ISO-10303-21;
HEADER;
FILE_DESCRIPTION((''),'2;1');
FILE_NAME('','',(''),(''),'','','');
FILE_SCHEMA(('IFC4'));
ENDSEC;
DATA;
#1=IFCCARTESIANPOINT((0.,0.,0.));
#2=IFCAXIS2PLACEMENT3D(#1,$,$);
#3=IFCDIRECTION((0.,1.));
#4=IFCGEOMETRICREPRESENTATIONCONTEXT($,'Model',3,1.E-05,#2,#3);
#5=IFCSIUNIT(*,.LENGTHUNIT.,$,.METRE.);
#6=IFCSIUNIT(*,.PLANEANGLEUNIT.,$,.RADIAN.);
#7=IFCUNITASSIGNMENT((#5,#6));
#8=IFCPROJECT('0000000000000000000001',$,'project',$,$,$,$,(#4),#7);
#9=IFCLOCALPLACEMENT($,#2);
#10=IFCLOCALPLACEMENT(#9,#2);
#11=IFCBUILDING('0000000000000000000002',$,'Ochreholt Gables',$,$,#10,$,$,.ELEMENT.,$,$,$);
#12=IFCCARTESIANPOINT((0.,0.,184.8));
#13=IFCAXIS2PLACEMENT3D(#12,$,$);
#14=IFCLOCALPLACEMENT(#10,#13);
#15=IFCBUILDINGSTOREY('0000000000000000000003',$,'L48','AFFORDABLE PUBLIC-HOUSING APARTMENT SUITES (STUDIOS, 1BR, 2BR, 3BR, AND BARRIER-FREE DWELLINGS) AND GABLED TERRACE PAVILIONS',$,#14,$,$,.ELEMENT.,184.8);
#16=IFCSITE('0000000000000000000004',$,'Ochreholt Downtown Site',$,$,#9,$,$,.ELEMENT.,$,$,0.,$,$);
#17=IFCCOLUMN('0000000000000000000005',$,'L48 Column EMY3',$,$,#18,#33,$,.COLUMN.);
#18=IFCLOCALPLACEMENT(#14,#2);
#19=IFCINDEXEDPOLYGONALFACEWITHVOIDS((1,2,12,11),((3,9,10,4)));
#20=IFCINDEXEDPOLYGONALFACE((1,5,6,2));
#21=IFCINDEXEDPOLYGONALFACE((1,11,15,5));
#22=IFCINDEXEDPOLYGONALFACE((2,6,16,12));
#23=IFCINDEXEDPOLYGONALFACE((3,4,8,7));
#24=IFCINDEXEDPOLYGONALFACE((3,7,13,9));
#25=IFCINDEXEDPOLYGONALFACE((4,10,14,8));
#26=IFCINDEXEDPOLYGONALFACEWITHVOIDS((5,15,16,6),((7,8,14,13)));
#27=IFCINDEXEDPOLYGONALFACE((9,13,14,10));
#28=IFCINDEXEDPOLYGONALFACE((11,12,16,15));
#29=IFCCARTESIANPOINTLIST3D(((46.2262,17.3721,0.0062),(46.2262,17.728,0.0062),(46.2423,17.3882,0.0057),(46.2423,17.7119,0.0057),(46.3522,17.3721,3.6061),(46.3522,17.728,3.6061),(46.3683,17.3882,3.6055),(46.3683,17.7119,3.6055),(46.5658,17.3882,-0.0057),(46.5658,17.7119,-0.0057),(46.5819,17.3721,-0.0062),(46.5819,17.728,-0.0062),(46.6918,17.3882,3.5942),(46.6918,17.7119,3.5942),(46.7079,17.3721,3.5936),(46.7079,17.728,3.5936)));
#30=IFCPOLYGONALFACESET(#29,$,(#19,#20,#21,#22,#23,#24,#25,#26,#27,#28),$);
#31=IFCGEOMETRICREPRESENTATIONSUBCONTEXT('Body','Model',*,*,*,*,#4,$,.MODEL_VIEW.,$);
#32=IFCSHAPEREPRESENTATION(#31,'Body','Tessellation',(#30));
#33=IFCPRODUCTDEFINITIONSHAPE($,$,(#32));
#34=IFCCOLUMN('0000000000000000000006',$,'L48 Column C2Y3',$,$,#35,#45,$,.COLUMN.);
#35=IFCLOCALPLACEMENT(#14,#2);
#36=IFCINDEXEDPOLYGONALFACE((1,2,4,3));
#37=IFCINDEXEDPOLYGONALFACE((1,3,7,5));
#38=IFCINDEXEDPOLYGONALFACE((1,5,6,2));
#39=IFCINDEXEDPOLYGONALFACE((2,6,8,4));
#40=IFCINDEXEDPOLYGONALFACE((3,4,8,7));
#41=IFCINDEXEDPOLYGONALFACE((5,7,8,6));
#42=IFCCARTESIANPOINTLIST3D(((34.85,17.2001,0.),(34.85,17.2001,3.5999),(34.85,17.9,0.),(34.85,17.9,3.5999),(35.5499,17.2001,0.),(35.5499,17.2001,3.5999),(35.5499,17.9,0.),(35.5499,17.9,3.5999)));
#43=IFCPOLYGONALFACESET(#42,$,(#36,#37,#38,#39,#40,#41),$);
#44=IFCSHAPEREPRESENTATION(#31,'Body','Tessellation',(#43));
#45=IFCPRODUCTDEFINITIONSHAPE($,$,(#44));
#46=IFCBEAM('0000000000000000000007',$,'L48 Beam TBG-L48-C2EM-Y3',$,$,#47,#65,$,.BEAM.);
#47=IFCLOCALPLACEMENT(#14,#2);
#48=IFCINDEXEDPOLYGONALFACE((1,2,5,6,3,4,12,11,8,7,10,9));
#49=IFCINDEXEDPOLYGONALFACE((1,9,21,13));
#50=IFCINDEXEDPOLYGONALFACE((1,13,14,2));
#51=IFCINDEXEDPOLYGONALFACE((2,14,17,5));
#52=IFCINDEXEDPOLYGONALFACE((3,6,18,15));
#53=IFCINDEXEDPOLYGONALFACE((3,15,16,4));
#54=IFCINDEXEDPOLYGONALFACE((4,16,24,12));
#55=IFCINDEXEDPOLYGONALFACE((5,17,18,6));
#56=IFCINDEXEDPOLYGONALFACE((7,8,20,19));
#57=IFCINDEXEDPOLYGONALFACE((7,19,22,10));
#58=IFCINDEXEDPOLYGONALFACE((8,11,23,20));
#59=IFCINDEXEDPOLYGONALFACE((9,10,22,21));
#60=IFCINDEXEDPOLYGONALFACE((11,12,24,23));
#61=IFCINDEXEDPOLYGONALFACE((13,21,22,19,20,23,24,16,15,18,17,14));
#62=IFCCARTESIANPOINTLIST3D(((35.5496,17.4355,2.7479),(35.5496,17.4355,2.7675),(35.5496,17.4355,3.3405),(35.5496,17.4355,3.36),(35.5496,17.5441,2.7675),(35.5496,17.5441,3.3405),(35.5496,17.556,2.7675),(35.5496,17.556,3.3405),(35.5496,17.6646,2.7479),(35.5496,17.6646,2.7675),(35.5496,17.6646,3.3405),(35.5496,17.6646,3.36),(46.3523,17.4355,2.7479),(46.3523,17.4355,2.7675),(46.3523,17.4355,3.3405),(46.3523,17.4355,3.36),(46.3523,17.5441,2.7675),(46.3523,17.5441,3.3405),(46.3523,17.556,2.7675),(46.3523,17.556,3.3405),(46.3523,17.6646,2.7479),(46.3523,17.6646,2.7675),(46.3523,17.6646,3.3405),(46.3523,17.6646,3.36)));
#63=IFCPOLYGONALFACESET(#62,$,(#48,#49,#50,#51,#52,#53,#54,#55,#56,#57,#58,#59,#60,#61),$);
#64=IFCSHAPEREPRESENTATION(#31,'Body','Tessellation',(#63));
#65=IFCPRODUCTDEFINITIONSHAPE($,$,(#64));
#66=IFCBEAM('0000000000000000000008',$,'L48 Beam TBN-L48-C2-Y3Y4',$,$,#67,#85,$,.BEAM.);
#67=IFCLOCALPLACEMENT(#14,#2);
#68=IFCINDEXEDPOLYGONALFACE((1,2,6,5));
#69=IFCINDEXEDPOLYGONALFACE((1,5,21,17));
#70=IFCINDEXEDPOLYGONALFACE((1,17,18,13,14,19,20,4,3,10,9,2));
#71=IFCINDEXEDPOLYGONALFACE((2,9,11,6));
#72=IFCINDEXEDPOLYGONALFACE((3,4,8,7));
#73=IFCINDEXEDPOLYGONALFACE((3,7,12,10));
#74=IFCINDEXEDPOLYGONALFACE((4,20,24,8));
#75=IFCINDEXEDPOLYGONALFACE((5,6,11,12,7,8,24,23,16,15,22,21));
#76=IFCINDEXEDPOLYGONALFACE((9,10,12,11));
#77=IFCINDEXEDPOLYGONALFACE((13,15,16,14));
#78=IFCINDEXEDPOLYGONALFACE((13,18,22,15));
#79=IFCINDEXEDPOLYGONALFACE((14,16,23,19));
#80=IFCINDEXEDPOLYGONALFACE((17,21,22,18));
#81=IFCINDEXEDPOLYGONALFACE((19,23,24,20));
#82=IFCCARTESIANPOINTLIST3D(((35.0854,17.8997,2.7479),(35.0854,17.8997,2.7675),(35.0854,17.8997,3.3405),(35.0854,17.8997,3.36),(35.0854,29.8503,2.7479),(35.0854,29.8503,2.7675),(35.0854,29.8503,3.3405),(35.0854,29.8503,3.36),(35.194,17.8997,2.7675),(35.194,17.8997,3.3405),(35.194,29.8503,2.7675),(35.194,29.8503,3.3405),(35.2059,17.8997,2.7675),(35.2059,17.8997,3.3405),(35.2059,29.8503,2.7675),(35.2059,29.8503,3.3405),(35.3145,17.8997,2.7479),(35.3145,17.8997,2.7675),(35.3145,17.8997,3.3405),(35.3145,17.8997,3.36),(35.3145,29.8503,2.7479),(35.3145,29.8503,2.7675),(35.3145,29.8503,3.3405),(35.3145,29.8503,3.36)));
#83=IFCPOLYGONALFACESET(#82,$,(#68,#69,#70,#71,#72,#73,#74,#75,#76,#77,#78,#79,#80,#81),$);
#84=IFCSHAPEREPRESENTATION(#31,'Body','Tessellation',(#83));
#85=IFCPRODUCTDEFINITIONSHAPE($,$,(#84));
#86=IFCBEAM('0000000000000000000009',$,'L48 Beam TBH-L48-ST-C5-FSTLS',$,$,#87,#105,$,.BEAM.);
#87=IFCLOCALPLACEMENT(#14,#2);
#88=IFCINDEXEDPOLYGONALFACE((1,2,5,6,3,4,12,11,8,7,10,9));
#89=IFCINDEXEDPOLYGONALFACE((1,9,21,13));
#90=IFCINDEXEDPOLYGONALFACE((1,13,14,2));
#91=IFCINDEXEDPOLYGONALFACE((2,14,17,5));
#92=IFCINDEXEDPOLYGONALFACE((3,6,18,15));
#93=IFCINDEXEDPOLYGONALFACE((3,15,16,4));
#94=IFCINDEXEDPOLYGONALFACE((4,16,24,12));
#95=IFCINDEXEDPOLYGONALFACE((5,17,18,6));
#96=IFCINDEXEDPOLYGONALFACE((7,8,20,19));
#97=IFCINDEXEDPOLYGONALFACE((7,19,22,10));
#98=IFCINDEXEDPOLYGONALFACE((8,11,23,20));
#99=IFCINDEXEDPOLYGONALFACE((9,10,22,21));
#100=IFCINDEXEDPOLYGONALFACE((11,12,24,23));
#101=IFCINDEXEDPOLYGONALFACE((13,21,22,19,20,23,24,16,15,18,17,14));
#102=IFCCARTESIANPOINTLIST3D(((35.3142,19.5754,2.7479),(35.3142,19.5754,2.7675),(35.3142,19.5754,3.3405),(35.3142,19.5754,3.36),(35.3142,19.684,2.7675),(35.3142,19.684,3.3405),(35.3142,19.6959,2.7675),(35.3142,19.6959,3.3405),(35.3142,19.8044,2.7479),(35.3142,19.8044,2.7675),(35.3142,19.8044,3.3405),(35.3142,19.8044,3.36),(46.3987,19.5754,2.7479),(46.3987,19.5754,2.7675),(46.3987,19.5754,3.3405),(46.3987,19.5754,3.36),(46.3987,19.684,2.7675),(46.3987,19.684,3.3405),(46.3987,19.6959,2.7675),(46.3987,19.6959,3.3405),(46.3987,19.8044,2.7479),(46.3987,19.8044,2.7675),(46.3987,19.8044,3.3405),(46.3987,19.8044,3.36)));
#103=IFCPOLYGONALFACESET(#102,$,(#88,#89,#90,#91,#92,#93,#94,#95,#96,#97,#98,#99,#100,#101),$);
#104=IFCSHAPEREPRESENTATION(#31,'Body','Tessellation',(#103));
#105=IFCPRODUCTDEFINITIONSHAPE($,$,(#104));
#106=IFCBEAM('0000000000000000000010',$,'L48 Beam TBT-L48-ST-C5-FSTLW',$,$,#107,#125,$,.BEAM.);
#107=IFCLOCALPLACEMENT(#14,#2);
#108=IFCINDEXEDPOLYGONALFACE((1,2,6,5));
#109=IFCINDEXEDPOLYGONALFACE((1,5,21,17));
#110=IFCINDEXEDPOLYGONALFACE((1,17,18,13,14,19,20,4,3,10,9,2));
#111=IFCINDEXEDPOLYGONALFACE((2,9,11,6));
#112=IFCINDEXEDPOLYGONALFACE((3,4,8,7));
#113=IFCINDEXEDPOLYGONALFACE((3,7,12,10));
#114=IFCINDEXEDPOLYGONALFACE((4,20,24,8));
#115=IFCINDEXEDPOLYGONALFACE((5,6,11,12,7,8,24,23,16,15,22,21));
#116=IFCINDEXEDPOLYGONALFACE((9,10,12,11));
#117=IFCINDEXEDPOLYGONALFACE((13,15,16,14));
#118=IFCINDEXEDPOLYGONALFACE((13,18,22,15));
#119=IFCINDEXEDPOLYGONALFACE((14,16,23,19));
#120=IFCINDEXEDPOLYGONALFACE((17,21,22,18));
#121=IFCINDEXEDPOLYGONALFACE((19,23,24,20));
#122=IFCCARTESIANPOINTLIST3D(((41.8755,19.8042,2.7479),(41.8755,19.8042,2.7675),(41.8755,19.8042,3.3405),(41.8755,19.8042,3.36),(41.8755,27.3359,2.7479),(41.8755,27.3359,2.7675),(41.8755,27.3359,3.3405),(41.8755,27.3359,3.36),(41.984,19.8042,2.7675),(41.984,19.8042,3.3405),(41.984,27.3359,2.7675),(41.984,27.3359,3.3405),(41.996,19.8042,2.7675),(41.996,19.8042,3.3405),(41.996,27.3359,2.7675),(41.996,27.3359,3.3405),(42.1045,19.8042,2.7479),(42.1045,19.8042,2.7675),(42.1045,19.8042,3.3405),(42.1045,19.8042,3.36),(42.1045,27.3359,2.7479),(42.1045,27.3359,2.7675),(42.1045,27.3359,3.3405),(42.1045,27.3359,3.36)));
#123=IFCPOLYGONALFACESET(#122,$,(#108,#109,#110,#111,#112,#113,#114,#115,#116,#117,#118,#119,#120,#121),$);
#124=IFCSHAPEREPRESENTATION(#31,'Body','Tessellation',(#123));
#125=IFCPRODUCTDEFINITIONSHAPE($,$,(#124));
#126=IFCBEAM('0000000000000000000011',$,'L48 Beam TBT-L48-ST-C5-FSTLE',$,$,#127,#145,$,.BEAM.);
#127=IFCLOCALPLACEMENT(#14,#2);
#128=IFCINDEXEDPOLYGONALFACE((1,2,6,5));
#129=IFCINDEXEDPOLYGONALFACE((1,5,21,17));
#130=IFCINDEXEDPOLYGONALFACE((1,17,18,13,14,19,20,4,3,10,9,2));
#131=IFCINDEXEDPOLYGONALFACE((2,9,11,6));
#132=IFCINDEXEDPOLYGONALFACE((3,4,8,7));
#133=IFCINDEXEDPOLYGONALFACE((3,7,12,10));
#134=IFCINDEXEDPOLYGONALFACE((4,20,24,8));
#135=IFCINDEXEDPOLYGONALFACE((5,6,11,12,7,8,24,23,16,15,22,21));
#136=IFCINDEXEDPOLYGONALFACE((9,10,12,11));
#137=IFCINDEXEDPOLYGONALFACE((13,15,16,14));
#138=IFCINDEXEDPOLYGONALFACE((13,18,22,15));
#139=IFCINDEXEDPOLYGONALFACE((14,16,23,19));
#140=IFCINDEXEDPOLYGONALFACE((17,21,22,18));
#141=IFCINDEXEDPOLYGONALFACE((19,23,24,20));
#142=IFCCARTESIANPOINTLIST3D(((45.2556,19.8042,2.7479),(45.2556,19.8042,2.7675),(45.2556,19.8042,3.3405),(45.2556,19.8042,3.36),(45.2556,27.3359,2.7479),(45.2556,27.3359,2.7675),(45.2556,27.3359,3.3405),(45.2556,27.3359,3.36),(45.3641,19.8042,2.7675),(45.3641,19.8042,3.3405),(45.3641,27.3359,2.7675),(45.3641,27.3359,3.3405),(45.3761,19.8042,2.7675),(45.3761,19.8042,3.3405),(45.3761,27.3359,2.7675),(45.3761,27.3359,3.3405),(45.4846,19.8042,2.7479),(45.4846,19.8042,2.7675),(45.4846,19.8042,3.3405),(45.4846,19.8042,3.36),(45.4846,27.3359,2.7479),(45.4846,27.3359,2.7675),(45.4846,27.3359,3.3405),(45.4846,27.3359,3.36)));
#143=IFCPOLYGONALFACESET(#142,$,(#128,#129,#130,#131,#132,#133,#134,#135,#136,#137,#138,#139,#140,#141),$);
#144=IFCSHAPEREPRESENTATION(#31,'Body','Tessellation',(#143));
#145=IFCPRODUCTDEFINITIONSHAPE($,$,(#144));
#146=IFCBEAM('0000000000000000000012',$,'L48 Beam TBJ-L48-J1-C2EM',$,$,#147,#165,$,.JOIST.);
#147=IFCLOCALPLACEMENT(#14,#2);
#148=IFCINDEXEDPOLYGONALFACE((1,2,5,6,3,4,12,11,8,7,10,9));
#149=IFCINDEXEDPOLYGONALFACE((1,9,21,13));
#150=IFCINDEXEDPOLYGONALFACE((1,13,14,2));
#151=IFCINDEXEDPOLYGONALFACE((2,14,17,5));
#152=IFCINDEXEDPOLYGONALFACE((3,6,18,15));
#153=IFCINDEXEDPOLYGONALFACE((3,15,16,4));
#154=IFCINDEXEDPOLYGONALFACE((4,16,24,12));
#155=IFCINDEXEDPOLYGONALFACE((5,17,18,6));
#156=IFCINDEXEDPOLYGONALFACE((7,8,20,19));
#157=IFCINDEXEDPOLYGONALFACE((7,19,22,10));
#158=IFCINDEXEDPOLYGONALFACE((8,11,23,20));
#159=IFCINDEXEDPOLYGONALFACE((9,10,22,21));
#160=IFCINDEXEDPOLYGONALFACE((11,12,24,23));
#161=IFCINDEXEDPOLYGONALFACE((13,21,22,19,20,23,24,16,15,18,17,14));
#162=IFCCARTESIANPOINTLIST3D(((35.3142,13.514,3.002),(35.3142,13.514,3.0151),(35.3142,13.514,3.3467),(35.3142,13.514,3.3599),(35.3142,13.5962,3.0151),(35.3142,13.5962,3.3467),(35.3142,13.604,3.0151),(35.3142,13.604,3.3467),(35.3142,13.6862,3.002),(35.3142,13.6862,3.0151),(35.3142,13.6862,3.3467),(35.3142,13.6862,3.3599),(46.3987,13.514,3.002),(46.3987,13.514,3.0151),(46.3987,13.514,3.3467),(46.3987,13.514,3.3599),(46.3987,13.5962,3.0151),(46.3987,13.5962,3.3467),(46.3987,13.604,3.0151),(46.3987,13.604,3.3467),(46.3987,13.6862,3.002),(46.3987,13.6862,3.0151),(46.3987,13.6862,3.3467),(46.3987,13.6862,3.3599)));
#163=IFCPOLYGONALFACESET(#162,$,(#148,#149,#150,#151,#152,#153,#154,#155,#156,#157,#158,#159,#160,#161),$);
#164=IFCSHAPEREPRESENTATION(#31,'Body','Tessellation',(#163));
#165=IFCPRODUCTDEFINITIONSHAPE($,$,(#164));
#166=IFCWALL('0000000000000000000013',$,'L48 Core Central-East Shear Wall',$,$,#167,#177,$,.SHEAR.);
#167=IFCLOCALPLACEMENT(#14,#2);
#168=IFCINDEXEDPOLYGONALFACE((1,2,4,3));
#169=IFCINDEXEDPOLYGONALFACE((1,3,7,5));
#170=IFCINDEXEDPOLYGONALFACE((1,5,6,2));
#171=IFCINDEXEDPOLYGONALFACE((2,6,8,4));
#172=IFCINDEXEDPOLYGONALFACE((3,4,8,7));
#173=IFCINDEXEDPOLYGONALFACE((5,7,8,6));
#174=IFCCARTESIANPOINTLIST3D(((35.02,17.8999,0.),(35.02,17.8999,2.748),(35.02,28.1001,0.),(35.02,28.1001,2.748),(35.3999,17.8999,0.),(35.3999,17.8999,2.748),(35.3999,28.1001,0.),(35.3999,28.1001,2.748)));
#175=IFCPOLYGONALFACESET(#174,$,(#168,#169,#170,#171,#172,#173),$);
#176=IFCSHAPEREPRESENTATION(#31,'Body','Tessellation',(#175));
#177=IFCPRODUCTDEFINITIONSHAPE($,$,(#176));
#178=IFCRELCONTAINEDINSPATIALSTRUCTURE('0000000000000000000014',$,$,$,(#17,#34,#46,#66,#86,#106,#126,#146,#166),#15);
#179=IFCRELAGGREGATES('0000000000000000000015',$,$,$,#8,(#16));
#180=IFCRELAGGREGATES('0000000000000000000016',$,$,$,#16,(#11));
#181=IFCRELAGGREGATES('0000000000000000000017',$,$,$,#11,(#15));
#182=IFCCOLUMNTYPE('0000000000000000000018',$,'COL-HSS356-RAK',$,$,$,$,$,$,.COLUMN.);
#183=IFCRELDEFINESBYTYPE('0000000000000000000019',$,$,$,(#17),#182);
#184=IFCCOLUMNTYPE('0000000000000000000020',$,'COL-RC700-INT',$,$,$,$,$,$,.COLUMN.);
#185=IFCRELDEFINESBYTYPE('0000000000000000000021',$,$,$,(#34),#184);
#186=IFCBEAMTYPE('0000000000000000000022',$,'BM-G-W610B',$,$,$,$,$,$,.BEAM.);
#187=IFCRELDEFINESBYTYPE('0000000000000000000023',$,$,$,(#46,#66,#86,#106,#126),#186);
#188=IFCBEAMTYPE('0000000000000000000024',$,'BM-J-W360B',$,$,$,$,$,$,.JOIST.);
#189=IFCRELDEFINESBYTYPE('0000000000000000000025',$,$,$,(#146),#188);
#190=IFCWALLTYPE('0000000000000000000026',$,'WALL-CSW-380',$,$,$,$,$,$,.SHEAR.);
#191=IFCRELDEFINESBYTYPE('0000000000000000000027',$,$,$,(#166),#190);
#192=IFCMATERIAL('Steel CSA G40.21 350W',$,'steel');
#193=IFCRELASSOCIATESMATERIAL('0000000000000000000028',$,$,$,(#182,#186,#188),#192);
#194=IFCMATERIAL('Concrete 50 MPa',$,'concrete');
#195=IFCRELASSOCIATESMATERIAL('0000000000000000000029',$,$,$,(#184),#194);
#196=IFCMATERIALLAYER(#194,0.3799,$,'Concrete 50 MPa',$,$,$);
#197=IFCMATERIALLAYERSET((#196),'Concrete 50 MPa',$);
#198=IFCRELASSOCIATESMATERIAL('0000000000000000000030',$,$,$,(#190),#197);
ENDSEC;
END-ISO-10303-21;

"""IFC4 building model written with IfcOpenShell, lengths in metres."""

from ifc_helpers import new_model, si_unit, direction, frame, frame_2d, origin, origin_2d, place, context, subcontext, project, spatial, rectangle, hollow_rectangle, i_section, extrude, material, layer, layer_set, material_profile, profile_set, type_object, element, save


model = new_model("IFC4")

# Units and contexts
model_context = context("Model", 3, precision=1e-05, world=origin(), true_north=direction((0.0, 1.0)))
body_context = subcontext(model_context, "Body", "Model", "MODEL_VIEW")
ifc_project = project(units=[si_unit("LENGTHUNIT", "METRE"), si_unit("PLANEANGLEUNIT", "RADIAN")], contexts=[model_context])

# Site, building, storey
site_placement = place(None, origin())
site = spatial("IfcSite", under=ifc_project, at=site_placement, Name="Ochreholt Downtown Site", CompositionType="ELEMENT", RefElevation=0.0)
building_placement = place(site_placement, origin())
building = spatial("IfcBuilding", under=site, at=building_placement, Name="Ochreholt Gables", CompositionType="ELEMENT")
storey_placement = place(building_placement, frame((0.0, 0.0, 184.8)))
storey = spatial("IfcBuildingStorey", under=building, at=storey_placement, Name="L48", Description="AFFORDABLE PUBLIC-HOUSING APARTMENT SUITES (STUDIOS, 1BR, 2BR, 3BR, AND BARRIER-FREE DWELLINGS) AND GABLED TERRACE PAVILIONS", CompositionType="ELEMENT", Elevation=184.8)

# Columns
ifc_material_1 = material(Name="Steel CSA G40.21 350W", Category="steel")
ifc_material_profile_1 = material_profile(ifc_material_1, hollow_rectangle(XDim=0.356, YDim=0.356, WallThickness=0.0161, at=origin_2d()), Name="HSS356X356X16")
ifc_profile_set_1 = profile_set([ifc_material_profile_1], Name="Steel CSA G40.21 350W")
column_type_1 = type_object("IfcColumnType", Name="COL-HSS356-RAK", PredefinedType="COLUMN", material=ifc_profile_set_1)
column_1_placement = place(storey_placement, frame((46.4041, 17.55, 0.0), z_axis=(0.034974, 0.0, 0.999388), x_axis=(0.0, 1.0, 0.0)))
element("IfcColumn", 1, at=column_1_placement, inside=storey, type_object=column_type_1, Name="L48 Column EMY3", PredefinedType="COLUMN", context=body_context, shape_type="SweptSolid", body=[
    extrude(hollow_rectangle(XDim=0.356, YDim=0.356, WallThickness=0.0161, at=origin_2d()), origin(), (0.0, 0.0, 1.0), 3.6021),
])
ifc_material_2 = material(Name="Concrete 50 MPa", Category="concrete")
ifc_material_profile_2 = material_profile(ifc_material_2, rectangle(XDim=0.7, YDim=0.7, at=origin_2d()), Name="RC700X700")
ifc_profile_set_2 = profile_set([ifc_material_profile_2], Name="Concrete 50 MPa")
column_type_2 = type_object("IfcColumnType", Name="COL-RC700-INT", PredefinedType="COLUMN", material=ifc_profile_set_2)
column_2_placement = place(storey_placement, frame((35.2, 17.55, 0.0), z_axis=(0.0, 0.0, 1.0), x_axis=(1.0, 0.0, 0.0)))
element("IfcColumn", 2, at=column_2_placement, inside=storey, type_object=column_type_2, Name="L48 Column C2Y3", PredefinedType="COLUMN", context=body_context, shape_type="SweptSolid", body=[
    extrude(rectangle(XDim=0.7, YDim=0.7, at=origin_2d()), origin(), (0.0, 0.0, 1.0), 3.5999),
])

# Beams
ifc_material_profile_3 = material_profile(ifc_material_1, i_section(OverallWidth=0.229, OverallDepth=0.6121, WebThickness=0.012, FlangeThickness=0.0195, at=origin_2d()), Name="W610X125")
ifc_profile_set_3 = profile_set([ifc_material_profile_3], Name="Steel CSA G40.21 350W")
beam_type_1 = type_object("IfcBeamType", Name="BM-G-W610B", PredefinedType="BEAM", material=ifc_profile_set_3)
beam_1_placement = place(storey_placement, frame((35.5496, 17.55, 3.054), z_axis=(1.0, 0.0, 0.0), x_axis=(0.0, 1.0, 0.0)))
element("IfcBeam", 3, at=beam_1_placement, inside=storey, type_object=beam_type_1, Name="L48 Beam TBG-L48-C2EM-Y3", PredefinedType="BEAM", context=body_context, shape_type="SweptSolid", body=[
    extrude(i_section(OverallWidth=0.229, OverallDepth=0.6121, WebThickness=0.012, FlangeThickness=0.0195, at=origin_2d()), origin(), (0.0, 0.0, 1.0), 10.8027),
])
beam_2_placement = place(storey_placement, frame((35.2, 17.8997, 3.054), z_axis=(0.0, 1.0, 0.0), x_axis=(-1.0, 0.0, 0.0)))
element("IfcBeam", 4, at=beam_2_placement, inside=storey, type_object=beam_type_1, Name="L48 Beam TBN-L48-C2-Y3Y4", PredefinedType="BEAM", context=body_context, shape_type="SweptSolid", body=[
    extrude(i_section(OverallWidth=0.229, OverallDepth=0.6121, WebThickness=0.012, FlangeThickness=0.0195, at=origin_2d()), origin(), (0.0, 0.0, 1.0), 11.9507),
])
beam_3_placement = place(storey_placement, frame((35.3142, 19.6899, 3.054), z_axis=(1.0, 0.0, 0.0), x_axis=(0.0, 1.0, 0.0)))
element("IfcBeam", 5, at=beam_3_placement, inside=storey, type_object=beam_type_1, Name="L48 Beam TBH-L48-ST-C5-FSTLS", PredefinedType="BEAM", context=body_context, shape_type="SweptSolid", body=[
    extrude(i_section(OverallWidth=0.229, OverallDepth=0.6121, WebThickness=0.012, FlangeThickness=0.0195, at=origin_2d()), origin(), (0.0, 0.0, 1.0), 11.0845),
])
for number, where, z_axis, x_axis, name in (
    (6, (41.99, 19.8042, 3.054), (0.0, 1.0, 0.0), (-1.0, 0.0, 0.0), "L48 Beam TBT-L48-ST-C5-FSTLW"),
    (7, (45.3701, 19.8042, 3.054), (0.0, 1.0, 0.0), (-1.0, 0.0, 0.0), "L48 Beam TBT-L48-ST-C5-FSTLE"),
):
    element("IfcBeam", number, at=place(storey_placement, frame(where, z_axis=z_axis, x_axis=x_axis)), inside=storey, type_object=beam_type_1, Name=name, PredefinedType="BEAM", context=body_context, shape_type="SweptSolid", body=[
        extrude(i_section(OverallWidth=0.229, OverallDepth=0.6121, WebThickness=0.012, FlangeThickness=0.0195, at=origin_2d()), origin(), (0.0, 0.0, 1.0), 7.5317),
    ])
ifc_material_profile_4 = material_profile(ifc_material_1, i_section(OverallWidth=0.1721, OverallDepth=0.3579, WebThickness=0.0078, FlangeThickness=0.0132, at=origin_2d()), Name="W360X57")
ifc_profile_set_4 = profile_set([ifc_material_profile_4], Name="Steel CSA G40.21 350W")
beam_type_2 = type_object("IfcBeamType", Name="BM-J-W360B", PredefinedType="JOIST", material=ifc_profile_set_4)
beam_4_placement = place(storey_placement, frame((35.3142, 13.6001, 3.1809), z_axis=(1.0, 0.0, 0.0), x_axis=(0.0, 1.0, 0.0)))
element("IfcBeam", 8, at=beam_4_placement, inside=storey, type_object=beam_type_2, Name="L48 Beam TBJ-L48-J1-C2EM", PredefinedType="JOIST", context=body_context, shape_type="SweptSolid", body=[
    extrude(i_section(OverallWidth=0.1721, OverallDepth=0.3579, WebThickness=0.0078, FlangeThickness=0.0132, at=origin_2d()), origin(), (0.0, 0.0, 1.0), 11.0845),
])

# Wall
ifc_layer_1 = layer(ifc_material_2, 0.3799, Name="Concrete 50 MPa")
ifc_layer_set_1 = layer_set([ifc_layer_1], Name="Concrete 50 MPa")
wall_type_1 = type_object("IfcWallType", Name="WALL-CSW-380", PredefinedType="SHEAR", material=ifc_layer_set_1)
wall_1_placement = place(storey_placement, frame((35.21, 17.8999, 0.0), z_axis=(0.0, 0.0, 1.0), x_axis=(0.0, 1.0, 0.0)))
element("IfcWall", 9, at=wall_1_placement, inside=storey, type_object=wall_type_1, Name="L48 Core Central-East Shear Wall", PredefinedType="SHEAR", context=body_context, shape_type="SweptSolid", body=[
    extrude(rectangle(XDim=10.2002, YDim=0.3799, at=frame_2d((5.1001, 0.0))), origin(), (0.0, 0.0, 1.0), 2.748),
])

save(model, "model.ifc")
